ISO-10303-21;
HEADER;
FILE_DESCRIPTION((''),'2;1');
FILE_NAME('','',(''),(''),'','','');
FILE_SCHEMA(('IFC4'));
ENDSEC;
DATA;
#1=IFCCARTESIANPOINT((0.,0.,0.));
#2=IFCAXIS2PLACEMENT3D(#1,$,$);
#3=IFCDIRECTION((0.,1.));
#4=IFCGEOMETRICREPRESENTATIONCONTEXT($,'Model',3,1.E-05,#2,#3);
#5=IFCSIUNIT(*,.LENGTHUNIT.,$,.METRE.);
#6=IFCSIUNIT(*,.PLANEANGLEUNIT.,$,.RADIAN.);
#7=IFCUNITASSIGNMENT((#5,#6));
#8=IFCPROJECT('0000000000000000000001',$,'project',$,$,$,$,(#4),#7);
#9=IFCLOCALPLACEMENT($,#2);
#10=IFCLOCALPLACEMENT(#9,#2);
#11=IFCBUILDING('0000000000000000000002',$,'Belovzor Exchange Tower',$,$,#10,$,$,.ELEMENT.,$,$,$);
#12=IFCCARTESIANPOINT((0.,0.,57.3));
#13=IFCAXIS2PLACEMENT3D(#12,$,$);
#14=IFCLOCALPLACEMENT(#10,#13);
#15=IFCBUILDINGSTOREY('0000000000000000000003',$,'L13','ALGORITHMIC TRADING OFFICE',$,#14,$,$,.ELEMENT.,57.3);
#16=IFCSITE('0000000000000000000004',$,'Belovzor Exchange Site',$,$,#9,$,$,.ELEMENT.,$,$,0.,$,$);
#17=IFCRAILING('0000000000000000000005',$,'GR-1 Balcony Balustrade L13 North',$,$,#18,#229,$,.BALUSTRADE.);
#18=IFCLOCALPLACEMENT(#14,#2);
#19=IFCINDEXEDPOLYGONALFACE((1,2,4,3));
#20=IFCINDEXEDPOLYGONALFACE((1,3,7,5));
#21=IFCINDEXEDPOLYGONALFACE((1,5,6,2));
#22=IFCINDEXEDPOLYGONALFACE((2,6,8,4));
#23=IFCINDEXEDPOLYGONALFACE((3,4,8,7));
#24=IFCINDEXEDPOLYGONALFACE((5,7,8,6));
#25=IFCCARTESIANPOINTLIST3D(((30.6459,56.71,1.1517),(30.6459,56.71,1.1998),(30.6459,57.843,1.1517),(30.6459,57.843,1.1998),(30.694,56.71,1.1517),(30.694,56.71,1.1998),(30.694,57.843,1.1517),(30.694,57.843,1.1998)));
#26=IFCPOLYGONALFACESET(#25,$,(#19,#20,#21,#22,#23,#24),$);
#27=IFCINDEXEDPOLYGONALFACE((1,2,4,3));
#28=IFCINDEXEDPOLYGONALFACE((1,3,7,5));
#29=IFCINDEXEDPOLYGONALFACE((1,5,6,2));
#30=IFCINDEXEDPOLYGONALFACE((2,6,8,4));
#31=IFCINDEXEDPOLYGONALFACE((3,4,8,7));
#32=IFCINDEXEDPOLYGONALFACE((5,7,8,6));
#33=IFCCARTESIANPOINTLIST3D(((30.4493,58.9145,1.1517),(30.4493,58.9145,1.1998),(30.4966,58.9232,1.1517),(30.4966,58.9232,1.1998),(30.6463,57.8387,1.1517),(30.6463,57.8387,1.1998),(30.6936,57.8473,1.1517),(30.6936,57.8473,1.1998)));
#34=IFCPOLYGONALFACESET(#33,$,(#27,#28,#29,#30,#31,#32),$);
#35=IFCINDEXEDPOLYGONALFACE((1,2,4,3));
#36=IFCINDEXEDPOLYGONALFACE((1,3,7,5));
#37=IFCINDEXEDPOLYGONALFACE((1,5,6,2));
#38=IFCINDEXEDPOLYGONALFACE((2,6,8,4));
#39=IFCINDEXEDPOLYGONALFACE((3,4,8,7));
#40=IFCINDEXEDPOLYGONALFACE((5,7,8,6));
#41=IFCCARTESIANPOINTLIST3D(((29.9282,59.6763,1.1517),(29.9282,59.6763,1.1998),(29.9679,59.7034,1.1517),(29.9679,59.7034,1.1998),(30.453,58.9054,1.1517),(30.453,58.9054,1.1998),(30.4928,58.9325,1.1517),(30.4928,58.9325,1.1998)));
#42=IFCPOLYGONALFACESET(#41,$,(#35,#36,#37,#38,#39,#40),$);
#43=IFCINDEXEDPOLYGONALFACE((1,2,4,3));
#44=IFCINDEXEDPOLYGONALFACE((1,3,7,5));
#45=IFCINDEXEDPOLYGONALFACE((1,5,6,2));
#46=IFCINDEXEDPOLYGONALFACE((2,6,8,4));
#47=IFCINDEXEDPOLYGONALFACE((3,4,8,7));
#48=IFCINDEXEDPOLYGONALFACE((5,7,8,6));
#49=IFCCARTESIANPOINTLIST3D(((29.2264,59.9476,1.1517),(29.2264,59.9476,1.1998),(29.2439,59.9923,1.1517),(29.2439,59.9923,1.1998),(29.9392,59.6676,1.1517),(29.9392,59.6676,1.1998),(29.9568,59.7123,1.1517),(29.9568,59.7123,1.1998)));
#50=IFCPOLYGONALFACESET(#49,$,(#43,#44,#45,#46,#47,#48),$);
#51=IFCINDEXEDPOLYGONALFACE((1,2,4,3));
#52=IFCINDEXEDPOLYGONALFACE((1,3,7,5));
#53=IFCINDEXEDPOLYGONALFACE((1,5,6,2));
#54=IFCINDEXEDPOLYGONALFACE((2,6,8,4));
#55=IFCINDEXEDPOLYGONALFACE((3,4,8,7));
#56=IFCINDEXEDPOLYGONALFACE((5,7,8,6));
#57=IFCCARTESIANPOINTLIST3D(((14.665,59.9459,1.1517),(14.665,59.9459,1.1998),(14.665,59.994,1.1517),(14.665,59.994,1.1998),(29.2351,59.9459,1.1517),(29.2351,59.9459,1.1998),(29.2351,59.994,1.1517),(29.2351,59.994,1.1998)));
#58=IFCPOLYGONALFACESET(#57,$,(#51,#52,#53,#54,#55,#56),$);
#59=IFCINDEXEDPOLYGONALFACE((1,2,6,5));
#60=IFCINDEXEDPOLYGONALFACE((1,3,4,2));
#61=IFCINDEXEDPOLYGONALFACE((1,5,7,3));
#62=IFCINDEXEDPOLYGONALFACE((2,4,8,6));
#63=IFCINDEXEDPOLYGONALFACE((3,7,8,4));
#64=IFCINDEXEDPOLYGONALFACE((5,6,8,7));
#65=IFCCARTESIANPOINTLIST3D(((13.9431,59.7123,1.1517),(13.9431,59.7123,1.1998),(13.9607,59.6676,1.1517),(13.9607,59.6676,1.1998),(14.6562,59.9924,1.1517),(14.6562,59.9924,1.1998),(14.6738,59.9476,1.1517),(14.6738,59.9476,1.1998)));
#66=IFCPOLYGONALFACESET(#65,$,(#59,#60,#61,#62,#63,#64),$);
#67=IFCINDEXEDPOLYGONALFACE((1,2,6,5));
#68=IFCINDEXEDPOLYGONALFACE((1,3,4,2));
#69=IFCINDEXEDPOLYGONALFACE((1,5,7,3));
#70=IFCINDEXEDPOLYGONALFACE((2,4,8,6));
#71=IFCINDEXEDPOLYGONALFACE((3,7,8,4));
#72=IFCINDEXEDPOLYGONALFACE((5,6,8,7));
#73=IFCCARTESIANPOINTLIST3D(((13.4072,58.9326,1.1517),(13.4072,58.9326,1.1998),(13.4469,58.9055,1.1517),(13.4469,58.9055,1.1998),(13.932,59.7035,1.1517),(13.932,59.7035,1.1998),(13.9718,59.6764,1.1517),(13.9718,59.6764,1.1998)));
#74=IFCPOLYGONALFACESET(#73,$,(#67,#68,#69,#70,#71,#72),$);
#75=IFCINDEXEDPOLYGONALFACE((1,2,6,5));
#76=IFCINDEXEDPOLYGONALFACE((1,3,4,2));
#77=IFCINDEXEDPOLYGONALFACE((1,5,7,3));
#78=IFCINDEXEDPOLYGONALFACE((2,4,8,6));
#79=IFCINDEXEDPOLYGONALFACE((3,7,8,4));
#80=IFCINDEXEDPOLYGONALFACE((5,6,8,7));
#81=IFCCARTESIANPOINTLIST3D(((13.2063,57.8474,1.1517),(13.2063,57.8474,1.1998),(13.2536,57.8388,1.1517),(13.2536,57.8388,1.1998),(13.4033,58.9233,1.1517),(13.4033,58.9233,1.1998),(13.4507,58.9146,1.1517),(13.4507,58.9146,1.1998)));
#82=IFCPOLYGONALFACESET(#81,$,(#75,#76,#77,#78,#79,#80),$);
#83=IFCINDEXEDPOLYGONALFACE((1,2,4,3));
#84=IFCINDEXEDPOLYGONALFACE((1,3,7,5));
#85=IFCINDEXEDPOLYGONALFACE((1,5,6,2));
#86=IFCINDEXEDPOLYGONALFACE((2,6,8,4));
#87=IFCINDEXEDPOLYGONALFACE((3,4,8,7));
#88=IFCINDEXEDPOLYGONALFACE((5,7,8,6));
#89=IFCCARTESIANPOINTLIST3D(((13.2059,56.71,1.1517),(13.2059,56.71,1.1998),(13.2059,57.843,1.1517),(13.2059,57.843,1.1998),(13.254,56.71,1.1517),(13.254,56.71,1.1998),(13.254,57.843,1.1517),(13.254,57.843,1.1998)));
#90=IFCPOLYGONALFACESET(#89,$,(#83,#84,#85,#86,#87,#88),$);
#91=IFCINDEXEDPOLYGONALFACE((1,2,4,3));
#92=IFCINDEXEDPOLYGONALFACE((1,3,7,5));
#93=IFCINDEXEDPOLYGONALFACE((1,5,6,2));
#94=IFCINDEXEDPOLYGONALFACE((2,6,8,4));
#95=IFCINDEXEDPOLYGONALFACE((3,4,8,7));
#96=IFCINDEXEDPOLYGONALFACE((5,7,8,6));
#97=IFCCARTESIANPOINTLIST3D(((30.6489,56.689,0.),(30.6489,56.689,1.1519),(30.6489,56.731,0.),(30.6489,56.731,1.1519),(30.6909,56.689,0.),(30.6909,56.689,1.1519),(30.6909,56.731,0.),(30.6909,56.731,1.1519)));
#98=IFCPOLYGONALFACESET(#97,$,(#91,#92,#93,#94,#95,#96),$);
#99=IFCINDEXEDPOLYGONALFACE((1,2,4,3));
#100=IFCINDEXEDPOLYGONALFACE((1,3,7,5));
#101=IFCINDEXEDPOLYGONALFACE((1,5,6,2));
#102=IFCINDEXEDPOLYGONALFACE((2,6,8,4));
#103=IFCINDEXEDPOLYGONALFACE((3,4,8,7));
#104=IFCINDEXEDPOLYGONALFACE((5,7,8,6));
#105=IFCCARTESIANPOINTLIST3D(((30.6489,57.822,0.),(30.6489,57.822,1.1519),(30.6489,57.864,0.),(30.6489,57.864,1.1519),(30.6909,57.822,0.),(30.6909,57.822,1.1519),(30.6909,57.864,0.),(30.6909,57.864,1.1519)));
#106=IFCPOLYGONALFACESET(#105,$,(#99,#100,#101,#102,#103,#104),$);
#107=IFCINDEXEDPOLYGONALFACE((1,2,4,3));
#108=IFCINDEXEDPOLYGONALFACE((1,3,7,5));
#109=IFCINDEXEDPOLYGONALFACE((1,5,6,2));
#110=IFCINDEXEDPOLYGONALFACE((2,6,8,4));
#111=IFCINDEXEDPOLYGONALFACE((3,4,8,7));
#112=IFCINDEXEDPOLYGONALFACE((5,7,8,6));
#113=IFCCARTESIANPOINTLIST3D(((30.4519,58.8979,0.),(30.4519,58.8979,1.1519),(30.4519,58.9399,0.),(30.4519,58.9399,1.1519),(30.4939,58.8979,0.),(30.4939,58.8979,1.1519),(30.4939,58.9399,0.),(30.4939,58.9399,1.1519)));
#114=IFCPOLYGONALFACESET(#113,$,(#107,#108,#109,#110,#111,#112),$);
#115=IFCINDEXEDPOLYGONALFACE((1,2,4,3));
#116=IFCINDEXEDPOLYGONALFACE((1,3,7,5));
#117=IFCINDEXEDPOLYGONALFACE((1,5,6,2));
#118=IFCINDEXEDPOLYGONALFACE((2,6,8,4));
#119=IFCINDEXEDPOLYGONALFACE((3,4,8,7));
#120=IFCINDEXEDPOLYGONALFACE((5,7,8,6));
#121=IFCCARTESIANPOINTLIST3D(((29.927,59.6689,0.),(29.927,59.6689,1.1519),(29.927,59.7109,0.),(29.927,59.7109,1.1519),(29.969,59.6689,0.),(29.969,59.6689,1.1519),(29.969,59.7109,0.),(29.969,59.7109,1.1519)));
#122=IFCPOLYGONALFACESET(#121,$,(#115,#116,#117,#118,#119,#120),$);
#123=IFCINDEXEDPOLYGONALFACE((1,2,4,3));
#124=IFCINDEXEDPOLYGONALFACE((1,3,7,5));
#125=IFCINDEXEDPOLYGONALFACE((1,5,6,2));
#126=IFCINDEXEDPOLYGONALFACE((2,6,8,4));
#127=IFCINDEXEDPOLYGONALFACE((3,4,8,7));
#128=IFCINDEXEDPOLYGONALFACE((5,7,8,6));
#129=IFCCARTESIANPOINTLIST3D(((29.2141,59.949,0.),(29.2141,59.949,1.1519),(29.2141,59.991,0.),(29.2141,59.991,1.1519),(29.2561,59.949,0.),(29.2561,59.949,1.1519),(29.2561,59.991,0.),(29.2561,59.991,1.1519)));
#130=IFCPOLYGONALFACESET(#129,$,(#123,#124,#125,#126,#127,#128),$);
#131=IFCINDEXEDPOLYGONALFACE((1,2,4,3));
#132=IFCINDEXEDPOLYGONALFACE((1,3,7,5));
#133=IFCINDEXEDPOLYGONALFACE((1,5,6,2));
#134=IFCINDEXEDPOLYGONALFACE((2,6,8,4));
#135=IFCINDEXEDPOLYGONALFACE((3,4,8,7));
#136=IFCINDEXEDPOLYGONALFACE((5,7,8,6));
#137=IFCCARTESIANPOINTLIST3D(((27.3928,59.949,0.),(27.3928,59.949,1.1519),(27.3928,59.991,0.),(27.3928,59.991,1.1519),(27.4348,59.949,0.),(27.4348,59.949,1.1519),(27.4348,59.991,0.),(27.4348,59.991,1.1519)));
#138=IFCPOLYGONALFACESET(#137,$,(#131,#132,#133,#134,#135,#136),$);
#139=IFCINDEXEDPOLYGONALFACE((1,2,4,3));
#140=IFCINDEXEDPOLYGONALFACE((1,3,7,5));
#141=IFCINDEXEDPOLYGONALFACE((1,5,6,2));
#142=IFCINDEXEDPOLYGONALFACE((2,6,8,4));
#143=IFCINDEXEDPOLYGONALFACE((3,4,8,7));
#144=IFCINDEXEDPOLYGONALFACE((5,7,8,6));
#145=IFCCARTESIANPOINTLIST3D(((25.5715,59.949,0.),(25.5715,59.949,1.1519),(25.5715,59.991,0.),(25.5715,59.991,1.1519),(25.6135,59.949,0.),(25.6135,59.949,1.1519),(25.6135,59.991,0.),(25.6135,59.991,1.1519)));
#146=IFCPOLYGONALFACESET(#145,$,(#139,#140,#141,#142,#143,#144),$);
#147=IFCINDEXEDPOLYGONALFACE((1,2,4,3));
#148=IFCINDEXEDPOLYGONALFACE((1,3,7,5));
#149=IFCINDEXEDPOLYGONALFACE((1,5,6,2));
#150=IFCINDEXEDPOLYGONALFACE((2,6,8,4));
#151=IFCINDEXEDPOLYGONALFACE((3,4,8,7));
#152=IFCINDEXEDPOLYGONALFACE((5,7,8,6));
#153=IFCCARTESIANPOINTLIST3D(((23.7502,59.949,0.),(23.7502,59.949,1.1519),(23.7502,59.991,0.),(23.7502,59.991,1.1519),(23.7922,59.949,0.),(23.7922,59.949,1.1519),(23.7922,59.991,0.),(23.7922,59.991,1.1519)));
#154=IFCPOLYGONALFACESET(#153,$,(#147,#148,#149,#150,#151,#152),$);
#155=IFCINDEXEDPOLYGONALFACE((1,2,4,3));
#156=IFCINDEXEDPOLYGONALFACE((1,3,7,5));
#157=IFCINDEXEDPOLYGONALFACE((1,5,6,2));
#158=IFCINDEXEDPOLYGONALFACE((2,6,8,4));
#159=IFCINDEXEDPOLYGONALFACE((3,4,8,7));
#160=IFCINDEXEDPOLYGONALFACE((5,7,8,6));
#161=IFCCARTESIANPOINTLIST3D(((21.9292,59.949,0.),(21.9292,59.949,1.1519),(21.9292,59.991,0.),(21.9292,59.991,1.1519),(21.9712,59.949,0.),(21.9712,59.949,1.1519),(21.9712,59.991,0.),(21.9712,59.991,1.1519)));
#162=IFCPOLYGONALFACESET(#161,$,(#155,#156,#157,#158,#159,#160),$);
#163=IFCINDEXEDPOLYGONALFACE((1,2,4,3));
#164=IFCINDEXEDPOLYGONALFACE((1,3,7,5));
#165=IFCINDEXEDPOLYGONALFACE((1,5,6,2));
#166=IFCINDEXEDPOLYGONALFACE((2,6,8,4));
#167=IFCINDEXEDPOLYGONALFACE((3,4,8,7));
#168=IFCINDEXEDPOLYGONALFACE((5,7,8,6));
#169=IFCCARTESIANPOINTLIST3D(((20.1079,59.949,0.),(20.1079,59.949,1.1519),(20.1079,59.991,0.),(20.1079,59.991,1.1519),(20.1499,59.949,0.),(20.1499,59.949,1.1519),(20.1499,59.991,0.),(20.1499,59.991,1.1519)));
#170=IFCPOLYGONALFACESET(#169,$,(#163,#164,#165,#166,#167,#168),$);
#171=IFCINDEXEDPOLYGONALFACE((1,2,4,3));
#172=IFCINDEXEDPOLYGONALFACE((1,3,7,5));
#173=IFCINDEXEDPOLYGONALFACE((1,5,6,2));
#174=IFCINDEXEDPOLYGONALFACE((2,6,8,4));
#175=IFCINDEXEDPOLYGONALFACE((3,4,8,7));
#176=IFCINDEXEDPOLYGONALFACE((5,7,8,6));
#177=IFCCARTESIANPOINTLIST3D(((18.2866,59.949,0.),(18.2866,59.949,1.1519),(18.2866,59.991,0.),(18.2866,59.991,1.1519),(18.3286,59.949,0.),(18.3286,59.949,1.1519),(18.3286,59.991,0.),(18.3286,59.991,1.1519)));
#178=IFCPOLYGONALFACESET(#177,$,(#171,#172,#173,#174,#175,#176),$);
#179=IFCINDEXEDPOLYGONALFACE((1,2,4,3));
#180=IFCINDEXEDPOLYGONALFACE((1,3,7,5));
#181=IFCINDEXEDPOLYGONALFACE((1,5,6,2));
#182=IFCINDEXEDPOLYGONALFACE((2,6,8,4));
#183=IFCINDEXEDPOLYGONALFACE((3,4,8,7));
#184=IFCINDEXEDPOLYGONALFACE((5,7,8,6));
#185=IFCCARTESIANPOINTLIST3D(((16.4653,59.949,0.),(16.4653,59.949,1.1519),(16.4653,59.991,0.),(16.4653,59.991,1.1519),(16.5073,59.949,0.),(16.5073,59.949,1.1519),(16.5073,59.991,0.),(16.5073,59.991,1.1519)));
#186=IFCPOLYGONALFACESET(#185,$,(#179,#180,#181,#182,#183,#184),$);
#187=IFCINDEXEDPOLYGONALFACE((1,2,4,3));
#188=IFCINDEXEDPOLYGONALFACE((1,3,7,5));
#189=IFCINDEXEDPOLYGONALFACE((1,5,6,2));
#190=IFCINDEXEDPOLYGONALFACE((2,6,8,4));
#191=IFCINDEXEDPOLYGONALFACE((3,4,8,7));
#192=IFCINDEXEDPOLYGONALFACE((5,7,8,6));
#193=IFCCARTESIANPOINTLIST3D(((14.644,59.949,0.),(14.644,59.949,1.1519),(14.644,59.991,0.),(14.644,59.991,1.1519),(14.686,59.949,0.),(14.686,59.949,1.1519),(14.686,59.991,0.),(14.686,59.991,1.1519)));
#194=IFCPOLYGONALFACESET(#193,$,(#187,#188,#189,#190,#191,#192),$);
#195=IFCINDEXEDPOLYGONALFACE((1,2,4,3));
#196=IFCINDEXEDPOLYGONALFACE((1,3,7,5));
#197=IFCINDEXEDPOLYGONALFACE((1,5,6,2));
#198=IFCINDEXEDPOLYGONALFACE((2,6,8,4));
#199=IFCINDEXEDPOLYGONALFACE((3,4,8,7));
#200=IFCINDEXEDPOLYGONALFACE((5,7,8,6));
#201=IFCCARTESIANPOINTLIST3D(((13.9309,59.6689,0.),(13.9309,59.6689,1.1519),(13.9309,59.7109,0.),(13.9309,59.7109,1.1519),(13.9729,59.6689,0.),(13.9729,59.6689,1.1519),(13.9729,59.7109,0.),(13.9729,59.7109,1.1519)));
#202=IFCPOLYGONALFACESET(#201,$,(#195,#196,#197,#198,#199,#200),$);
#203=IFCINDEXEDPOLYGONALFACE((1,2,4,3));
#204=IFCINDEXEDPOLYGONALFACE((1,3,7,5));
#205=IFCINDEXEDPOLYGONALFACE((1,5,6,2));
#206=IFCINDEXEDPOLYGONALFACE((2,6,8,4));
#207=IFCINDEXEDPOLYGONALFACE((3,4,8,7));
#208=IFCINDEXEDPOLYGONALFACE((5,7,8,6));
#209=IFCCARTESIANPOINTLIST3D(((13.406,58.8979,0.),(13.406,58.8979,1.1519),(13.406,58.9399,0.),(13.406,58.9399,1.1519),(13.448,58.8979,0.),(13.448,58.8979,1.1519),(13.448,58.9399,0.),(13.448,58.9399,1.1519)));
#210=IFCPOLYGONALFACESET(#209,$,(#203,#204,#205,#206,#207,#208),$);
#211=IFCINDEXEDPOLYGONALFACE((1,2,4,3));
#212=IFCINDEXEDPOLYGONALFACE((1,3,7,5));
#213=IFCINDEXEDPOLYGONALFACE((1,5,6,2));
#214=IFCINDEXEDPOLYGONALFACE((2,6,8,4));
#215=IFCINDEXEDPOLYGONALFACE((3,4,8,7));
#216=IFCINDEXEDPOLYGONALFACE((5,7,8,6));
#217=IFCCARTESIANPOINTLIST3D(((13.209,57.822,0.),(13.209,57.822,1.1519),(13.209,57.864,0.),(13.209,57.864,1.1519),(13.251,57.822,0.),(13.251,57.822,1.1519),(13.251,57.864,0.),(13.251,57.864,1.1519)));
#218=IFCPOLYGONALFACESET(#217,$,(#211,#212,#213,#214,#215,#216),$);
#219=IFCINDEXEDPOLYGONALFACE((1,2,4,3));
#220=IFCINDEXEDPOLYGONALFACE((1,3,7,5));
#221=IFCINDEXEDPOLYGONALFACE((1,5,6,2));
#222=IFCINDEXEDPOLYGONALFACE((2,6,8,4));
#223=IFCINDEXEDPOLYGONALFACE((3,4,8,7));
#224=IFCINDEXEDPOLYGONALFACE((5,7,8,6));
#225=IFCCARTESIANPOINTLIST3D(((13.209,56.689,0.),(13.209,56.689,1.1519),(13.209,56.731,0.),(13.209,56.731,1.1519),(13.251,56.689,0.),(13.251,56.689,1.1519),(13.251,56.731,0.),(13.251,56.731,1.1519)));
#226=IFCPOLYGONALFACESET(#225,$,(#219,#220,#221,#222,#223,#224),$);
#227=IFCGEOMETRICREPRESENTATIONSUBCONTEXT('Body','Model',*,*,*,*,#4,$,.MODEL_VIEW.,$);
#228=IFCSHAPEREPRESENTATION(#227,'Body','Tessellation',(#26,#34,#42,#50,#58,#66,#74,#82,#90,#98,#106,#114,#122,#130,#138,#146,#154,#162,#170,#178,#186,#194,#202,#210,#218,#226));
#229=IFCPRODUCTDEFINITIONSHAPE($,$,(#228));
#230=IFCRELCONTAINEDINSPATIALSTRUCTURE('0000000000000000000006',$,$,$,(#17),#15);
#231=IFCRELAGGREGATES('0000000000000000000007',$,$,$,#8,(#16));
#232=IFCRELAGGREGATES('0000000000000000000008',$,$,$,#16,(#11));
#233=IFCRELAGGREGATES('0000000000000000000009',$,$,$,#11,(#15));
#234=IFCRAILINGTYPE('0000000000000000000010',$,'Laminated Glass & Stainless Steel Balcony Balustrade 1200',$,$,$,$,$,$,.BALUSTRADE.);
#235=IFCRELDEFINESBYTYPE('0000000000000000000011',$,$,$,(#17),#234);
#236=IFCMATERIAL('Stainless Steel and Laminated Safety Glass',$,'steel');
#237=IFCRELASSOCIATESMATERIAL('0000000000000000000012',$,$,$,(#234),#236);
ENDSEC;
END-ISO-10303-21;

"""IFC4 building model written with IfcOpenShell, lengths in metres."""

from ifc_helpers import new_model, si_unit, direction, frame, origin, origin_2d, place, context, subcontext, project, spatial, rectangle, extrude, material, type_object, element, save


model = new_model("IFC4")

# Units and contexts
model_context = context("Model", 3, precision=1e-05, world=origin(), true_north=direction((0.0, 1.0)))
body_context = subcontext(model_context, "Body", "Model", "MODEL_VIEW")
ifc_project = project(units=[si_unit("LENGTHUNIT", "METRE"), si_unit("PLANEANGLEUNIT", "RADIAN")], contexts=[model_context])

# Site, building, storey
site_placement = place(None, origin())
site = spatial("IfcSite", under=ifc_project, at=site_placement, Name="Belovzor Exchange Site", CompositionType="ELEMENT", RefElevation=0.0)
building_placement = place(site_placement, origin())
building = spatial("IfcBuilding", under=site, at=building_placement, Name="Belovzor Exchange Tower", CompositionType="ELEMENT")
storey_placement = place(building_placement, frame((0.0, 0.0, 57.3)))
storey = spatial("IfcBuildingStorey", under=building, at=storey_placement, Name="L13", Description="ALGORITHMIC TRADING OFFICE", CompositionType="ELEMENT", Elevation=57.3)

# Railing
ifc_material_1 = material(Name="Stainless Steel and Laminated Safety Glass", Category="steel")
railing_type = type_object("IfcRailingType", Name="Laminated Glass & Stainless Steel Balcony Balustrade 1200", PredefinedType="BALUSTRADE", material=ifc_material_1)
railing_placement = place(storey_placement, frame((30.6699, 56.71, 0.0)))
element("IfcRailing", 1, at=railing_placement, inside=storey, type_object=railing_type, Name="GR-1 Balcony Balustrade L13 North", PredefinedType="BALUSTRADE", context=body_context, shape_type="SweptSolid", body=[
    extrude(rectangle(XDim=0.0481, YDim=0.0481, at=origin_2d()), frame((0.0, 0.0, 1.1758), z_axis=(0.0, 1.0, 0.0), x_axis=(-1.0, 0.0, 0.0)), (0.0, 0.0, 1.0), 1.1331),
    extrude(rectangle(XDim=0.0481, YDim=0.0481, at=origin_2d()), frame((0.0, 1.1331, 1.1758), z_axis=(-0.180123, 0.983644, 0.0), x_axis=(-0.983644, -0.180123, 0.0)), (0.0, 0.0, 1.0), 1.0938),
    extrude(rectangle(XDim=0.0481, YDim=0.0481, at=origin_2d()), frame((-0.197, 2.209, 1.1758), z_axis=(-0.562768, 0.826615, 0.0), x_axis=(-0.826615, -0.562768, 0.0)), (0.0, 0.0, 1.0), 0.9326),
    extrude(rectangle(XDim=0.0481, YDim=0.0481, at=origin_2d()), frame((-0.7219, 2.98, 1.1758), z_axis=(-0.930767, 0.365613, 0.0), x_axis=(-0.365613, -0.930767, 0.0)), (0.0, 0.0, 1.0), 0.7659),
    extrude(rectangle(XDim=0.0481, YDim=0.0481, at=origin_2d()), frame((-1.4348, 3.26, 1.1758), z_axis=(-1.0, 0.0, 0.0), x_axis=(0.0, -1.0, 0.0)), (0.0, 0.0, 1.0), 14.5701),
    extrude(rectangle(XDim=0.0481, YDim=0.0481, at=origin_2d()), frame((-16.0049, 3.26, 1.1758), z_axis=(-0.93081, -0.365504, 0.0), x_axis=(0.365504, -0.93081, 0.0)), (0.0, 0.0, 1.0), 0.7661),
    extrude(rectangle(XDim=0.0481, YDim=0.0481, at=origin_2d()), frame((-16.718, 2.98, 1.1758), z_axis=(-0.562768, -0.826615, 0.0), x_axis=(0.826615, -0.562768, 0.0)), (0.0, 0.0, 1.0), 0.9326),
    extrude(rectangle(XDim=0.0481, YDim=0.0481, at=origin_2d()), frame((-17.2429, 2.209, 1.1758), z_axis=(-0.180123, -0.983644, 0.0), x_axis=(0.983644, -0.180123, 0.0)), (0.0, 0.0, 1.0), 1.0938),
    extrude(rectangle(XDim=0.0481, YDim=0.0481, at=origin_2d()), frame((-17.4399, 1.1331, 1.1758), z_axis=(0.0, -1.0, 0.0), x_axis=(1.0, 0.0, 0.0)), (0.0, 0.0, 1.0), 1.1331),
    extrude(rectangle(XDim=0.042, YDim=0.042, at=origin_2d()), origin(), (0.0, 0.0, 1.0), 1.1519),
    extrude(rectangle(XDim=0.042, YDim=0.042, at=origin_2d()), frame((0.0, 1.1331, 0.0)), (0.0, 0.0, 1.0), 1.1519),
    extrude(rectangle(XDim=0.042, YDim=0.042, at=origin_2d()), frame((-0.197, 2.209, 0.0)), (0.0, 0.0, 1.0), 1.1519),
    extrude(rectangle(XDim=0.042, YDim=0.042, at=origin_2d()), frame((-0.7219, 2.98, 0.0)), (0.0, 0.0, 1.0), 1.1519),
    extrude(rectangle(XDim=0.042, YDim=0.042, at=origin_2d()), frame((-1.4348, 3.26, 0.0)), (0.0, 0.0, 1.0), 1.1519),
    extrude(rectangle(XDim=0.042, YDim=0.042, at=origin_2d()), frame((-3.2561, 3.26, 0.0)), (0.0, 0.0, 1.0), 1.1519),
    extrude(rectangle(XDim=0.042, YDim=0.042, at=origin_2d()), frame((-5.0774, 3.26, 0.0)), (0.0, 0.0, 1.0), 1.1519),
    extrude(rectangle(XDim=0.042, YDim=0.042, at=origin_2d()), frame((-6.8987, 3.26, 0.0)), (0.0, 0.0, 1.0), 1.1519),
    extrude(rectangle(XDim=0.042, YDim=0.042, at=origin_2d()), frame((-8.7197, 3.26, 0.0)), (0.0, 0.0, 1.0), 1.1519),
    extrude(rectangle(XDim=0.042, YDim=0.042, at=origin_2d()), frame((-10.541, 3.26, 0.0)), (0.0, 0.0, 1.0), 1.1519),
    extrude(rectangle(XDim=0.042, YDim=0.042, at=origin_2d()), frame((-12.3623, 3.26, 0.0)), (0.0, 0.0, 1.0), 1.1519),
    extrude(rectangle(XDim=0.042, YDim=0.042, at=origin_2d()), frame((-14.1836, 3.26, 0.0)), (0.0, 0.0, 1.0), 1.1519),
    extrude(rectangle(XDim=0.042, YDim=0.042, at=origin_2d()), frame((-16.0049, 3.26, 0.0)), (0.0, 0.0, 1.0), 1.1519),
    extrude(rectangle(XDim=0.042, YDim=0.042, at=origin_2d()), frame((-16.718, 2.98, 0.0)), (0.0, 0.0, 1.0), 1.1519),
    extrude(rectangle(XDim=0.042, YDim=0.042, at=origin_2d()), frame((-17.2429, 2.209, 0.0)), (0.0, 0.0, 1.0), 1.1519),
    extrude(rectangle(XDim=0.042, YDim=0.042, at=origin_2d()), frame((-17.4399, 1.1331, 0.0)), (0.0, 0.0, 1.0), 1.1519),
    extrude(rectangle(XDim=0.042, YDim=0.042, at=origin_2d()), frame((-17.4399, 0.0, 0.0)), (0.0, 0.0, 1.0), 1.1519),
])

save(model, "model.ifc")
